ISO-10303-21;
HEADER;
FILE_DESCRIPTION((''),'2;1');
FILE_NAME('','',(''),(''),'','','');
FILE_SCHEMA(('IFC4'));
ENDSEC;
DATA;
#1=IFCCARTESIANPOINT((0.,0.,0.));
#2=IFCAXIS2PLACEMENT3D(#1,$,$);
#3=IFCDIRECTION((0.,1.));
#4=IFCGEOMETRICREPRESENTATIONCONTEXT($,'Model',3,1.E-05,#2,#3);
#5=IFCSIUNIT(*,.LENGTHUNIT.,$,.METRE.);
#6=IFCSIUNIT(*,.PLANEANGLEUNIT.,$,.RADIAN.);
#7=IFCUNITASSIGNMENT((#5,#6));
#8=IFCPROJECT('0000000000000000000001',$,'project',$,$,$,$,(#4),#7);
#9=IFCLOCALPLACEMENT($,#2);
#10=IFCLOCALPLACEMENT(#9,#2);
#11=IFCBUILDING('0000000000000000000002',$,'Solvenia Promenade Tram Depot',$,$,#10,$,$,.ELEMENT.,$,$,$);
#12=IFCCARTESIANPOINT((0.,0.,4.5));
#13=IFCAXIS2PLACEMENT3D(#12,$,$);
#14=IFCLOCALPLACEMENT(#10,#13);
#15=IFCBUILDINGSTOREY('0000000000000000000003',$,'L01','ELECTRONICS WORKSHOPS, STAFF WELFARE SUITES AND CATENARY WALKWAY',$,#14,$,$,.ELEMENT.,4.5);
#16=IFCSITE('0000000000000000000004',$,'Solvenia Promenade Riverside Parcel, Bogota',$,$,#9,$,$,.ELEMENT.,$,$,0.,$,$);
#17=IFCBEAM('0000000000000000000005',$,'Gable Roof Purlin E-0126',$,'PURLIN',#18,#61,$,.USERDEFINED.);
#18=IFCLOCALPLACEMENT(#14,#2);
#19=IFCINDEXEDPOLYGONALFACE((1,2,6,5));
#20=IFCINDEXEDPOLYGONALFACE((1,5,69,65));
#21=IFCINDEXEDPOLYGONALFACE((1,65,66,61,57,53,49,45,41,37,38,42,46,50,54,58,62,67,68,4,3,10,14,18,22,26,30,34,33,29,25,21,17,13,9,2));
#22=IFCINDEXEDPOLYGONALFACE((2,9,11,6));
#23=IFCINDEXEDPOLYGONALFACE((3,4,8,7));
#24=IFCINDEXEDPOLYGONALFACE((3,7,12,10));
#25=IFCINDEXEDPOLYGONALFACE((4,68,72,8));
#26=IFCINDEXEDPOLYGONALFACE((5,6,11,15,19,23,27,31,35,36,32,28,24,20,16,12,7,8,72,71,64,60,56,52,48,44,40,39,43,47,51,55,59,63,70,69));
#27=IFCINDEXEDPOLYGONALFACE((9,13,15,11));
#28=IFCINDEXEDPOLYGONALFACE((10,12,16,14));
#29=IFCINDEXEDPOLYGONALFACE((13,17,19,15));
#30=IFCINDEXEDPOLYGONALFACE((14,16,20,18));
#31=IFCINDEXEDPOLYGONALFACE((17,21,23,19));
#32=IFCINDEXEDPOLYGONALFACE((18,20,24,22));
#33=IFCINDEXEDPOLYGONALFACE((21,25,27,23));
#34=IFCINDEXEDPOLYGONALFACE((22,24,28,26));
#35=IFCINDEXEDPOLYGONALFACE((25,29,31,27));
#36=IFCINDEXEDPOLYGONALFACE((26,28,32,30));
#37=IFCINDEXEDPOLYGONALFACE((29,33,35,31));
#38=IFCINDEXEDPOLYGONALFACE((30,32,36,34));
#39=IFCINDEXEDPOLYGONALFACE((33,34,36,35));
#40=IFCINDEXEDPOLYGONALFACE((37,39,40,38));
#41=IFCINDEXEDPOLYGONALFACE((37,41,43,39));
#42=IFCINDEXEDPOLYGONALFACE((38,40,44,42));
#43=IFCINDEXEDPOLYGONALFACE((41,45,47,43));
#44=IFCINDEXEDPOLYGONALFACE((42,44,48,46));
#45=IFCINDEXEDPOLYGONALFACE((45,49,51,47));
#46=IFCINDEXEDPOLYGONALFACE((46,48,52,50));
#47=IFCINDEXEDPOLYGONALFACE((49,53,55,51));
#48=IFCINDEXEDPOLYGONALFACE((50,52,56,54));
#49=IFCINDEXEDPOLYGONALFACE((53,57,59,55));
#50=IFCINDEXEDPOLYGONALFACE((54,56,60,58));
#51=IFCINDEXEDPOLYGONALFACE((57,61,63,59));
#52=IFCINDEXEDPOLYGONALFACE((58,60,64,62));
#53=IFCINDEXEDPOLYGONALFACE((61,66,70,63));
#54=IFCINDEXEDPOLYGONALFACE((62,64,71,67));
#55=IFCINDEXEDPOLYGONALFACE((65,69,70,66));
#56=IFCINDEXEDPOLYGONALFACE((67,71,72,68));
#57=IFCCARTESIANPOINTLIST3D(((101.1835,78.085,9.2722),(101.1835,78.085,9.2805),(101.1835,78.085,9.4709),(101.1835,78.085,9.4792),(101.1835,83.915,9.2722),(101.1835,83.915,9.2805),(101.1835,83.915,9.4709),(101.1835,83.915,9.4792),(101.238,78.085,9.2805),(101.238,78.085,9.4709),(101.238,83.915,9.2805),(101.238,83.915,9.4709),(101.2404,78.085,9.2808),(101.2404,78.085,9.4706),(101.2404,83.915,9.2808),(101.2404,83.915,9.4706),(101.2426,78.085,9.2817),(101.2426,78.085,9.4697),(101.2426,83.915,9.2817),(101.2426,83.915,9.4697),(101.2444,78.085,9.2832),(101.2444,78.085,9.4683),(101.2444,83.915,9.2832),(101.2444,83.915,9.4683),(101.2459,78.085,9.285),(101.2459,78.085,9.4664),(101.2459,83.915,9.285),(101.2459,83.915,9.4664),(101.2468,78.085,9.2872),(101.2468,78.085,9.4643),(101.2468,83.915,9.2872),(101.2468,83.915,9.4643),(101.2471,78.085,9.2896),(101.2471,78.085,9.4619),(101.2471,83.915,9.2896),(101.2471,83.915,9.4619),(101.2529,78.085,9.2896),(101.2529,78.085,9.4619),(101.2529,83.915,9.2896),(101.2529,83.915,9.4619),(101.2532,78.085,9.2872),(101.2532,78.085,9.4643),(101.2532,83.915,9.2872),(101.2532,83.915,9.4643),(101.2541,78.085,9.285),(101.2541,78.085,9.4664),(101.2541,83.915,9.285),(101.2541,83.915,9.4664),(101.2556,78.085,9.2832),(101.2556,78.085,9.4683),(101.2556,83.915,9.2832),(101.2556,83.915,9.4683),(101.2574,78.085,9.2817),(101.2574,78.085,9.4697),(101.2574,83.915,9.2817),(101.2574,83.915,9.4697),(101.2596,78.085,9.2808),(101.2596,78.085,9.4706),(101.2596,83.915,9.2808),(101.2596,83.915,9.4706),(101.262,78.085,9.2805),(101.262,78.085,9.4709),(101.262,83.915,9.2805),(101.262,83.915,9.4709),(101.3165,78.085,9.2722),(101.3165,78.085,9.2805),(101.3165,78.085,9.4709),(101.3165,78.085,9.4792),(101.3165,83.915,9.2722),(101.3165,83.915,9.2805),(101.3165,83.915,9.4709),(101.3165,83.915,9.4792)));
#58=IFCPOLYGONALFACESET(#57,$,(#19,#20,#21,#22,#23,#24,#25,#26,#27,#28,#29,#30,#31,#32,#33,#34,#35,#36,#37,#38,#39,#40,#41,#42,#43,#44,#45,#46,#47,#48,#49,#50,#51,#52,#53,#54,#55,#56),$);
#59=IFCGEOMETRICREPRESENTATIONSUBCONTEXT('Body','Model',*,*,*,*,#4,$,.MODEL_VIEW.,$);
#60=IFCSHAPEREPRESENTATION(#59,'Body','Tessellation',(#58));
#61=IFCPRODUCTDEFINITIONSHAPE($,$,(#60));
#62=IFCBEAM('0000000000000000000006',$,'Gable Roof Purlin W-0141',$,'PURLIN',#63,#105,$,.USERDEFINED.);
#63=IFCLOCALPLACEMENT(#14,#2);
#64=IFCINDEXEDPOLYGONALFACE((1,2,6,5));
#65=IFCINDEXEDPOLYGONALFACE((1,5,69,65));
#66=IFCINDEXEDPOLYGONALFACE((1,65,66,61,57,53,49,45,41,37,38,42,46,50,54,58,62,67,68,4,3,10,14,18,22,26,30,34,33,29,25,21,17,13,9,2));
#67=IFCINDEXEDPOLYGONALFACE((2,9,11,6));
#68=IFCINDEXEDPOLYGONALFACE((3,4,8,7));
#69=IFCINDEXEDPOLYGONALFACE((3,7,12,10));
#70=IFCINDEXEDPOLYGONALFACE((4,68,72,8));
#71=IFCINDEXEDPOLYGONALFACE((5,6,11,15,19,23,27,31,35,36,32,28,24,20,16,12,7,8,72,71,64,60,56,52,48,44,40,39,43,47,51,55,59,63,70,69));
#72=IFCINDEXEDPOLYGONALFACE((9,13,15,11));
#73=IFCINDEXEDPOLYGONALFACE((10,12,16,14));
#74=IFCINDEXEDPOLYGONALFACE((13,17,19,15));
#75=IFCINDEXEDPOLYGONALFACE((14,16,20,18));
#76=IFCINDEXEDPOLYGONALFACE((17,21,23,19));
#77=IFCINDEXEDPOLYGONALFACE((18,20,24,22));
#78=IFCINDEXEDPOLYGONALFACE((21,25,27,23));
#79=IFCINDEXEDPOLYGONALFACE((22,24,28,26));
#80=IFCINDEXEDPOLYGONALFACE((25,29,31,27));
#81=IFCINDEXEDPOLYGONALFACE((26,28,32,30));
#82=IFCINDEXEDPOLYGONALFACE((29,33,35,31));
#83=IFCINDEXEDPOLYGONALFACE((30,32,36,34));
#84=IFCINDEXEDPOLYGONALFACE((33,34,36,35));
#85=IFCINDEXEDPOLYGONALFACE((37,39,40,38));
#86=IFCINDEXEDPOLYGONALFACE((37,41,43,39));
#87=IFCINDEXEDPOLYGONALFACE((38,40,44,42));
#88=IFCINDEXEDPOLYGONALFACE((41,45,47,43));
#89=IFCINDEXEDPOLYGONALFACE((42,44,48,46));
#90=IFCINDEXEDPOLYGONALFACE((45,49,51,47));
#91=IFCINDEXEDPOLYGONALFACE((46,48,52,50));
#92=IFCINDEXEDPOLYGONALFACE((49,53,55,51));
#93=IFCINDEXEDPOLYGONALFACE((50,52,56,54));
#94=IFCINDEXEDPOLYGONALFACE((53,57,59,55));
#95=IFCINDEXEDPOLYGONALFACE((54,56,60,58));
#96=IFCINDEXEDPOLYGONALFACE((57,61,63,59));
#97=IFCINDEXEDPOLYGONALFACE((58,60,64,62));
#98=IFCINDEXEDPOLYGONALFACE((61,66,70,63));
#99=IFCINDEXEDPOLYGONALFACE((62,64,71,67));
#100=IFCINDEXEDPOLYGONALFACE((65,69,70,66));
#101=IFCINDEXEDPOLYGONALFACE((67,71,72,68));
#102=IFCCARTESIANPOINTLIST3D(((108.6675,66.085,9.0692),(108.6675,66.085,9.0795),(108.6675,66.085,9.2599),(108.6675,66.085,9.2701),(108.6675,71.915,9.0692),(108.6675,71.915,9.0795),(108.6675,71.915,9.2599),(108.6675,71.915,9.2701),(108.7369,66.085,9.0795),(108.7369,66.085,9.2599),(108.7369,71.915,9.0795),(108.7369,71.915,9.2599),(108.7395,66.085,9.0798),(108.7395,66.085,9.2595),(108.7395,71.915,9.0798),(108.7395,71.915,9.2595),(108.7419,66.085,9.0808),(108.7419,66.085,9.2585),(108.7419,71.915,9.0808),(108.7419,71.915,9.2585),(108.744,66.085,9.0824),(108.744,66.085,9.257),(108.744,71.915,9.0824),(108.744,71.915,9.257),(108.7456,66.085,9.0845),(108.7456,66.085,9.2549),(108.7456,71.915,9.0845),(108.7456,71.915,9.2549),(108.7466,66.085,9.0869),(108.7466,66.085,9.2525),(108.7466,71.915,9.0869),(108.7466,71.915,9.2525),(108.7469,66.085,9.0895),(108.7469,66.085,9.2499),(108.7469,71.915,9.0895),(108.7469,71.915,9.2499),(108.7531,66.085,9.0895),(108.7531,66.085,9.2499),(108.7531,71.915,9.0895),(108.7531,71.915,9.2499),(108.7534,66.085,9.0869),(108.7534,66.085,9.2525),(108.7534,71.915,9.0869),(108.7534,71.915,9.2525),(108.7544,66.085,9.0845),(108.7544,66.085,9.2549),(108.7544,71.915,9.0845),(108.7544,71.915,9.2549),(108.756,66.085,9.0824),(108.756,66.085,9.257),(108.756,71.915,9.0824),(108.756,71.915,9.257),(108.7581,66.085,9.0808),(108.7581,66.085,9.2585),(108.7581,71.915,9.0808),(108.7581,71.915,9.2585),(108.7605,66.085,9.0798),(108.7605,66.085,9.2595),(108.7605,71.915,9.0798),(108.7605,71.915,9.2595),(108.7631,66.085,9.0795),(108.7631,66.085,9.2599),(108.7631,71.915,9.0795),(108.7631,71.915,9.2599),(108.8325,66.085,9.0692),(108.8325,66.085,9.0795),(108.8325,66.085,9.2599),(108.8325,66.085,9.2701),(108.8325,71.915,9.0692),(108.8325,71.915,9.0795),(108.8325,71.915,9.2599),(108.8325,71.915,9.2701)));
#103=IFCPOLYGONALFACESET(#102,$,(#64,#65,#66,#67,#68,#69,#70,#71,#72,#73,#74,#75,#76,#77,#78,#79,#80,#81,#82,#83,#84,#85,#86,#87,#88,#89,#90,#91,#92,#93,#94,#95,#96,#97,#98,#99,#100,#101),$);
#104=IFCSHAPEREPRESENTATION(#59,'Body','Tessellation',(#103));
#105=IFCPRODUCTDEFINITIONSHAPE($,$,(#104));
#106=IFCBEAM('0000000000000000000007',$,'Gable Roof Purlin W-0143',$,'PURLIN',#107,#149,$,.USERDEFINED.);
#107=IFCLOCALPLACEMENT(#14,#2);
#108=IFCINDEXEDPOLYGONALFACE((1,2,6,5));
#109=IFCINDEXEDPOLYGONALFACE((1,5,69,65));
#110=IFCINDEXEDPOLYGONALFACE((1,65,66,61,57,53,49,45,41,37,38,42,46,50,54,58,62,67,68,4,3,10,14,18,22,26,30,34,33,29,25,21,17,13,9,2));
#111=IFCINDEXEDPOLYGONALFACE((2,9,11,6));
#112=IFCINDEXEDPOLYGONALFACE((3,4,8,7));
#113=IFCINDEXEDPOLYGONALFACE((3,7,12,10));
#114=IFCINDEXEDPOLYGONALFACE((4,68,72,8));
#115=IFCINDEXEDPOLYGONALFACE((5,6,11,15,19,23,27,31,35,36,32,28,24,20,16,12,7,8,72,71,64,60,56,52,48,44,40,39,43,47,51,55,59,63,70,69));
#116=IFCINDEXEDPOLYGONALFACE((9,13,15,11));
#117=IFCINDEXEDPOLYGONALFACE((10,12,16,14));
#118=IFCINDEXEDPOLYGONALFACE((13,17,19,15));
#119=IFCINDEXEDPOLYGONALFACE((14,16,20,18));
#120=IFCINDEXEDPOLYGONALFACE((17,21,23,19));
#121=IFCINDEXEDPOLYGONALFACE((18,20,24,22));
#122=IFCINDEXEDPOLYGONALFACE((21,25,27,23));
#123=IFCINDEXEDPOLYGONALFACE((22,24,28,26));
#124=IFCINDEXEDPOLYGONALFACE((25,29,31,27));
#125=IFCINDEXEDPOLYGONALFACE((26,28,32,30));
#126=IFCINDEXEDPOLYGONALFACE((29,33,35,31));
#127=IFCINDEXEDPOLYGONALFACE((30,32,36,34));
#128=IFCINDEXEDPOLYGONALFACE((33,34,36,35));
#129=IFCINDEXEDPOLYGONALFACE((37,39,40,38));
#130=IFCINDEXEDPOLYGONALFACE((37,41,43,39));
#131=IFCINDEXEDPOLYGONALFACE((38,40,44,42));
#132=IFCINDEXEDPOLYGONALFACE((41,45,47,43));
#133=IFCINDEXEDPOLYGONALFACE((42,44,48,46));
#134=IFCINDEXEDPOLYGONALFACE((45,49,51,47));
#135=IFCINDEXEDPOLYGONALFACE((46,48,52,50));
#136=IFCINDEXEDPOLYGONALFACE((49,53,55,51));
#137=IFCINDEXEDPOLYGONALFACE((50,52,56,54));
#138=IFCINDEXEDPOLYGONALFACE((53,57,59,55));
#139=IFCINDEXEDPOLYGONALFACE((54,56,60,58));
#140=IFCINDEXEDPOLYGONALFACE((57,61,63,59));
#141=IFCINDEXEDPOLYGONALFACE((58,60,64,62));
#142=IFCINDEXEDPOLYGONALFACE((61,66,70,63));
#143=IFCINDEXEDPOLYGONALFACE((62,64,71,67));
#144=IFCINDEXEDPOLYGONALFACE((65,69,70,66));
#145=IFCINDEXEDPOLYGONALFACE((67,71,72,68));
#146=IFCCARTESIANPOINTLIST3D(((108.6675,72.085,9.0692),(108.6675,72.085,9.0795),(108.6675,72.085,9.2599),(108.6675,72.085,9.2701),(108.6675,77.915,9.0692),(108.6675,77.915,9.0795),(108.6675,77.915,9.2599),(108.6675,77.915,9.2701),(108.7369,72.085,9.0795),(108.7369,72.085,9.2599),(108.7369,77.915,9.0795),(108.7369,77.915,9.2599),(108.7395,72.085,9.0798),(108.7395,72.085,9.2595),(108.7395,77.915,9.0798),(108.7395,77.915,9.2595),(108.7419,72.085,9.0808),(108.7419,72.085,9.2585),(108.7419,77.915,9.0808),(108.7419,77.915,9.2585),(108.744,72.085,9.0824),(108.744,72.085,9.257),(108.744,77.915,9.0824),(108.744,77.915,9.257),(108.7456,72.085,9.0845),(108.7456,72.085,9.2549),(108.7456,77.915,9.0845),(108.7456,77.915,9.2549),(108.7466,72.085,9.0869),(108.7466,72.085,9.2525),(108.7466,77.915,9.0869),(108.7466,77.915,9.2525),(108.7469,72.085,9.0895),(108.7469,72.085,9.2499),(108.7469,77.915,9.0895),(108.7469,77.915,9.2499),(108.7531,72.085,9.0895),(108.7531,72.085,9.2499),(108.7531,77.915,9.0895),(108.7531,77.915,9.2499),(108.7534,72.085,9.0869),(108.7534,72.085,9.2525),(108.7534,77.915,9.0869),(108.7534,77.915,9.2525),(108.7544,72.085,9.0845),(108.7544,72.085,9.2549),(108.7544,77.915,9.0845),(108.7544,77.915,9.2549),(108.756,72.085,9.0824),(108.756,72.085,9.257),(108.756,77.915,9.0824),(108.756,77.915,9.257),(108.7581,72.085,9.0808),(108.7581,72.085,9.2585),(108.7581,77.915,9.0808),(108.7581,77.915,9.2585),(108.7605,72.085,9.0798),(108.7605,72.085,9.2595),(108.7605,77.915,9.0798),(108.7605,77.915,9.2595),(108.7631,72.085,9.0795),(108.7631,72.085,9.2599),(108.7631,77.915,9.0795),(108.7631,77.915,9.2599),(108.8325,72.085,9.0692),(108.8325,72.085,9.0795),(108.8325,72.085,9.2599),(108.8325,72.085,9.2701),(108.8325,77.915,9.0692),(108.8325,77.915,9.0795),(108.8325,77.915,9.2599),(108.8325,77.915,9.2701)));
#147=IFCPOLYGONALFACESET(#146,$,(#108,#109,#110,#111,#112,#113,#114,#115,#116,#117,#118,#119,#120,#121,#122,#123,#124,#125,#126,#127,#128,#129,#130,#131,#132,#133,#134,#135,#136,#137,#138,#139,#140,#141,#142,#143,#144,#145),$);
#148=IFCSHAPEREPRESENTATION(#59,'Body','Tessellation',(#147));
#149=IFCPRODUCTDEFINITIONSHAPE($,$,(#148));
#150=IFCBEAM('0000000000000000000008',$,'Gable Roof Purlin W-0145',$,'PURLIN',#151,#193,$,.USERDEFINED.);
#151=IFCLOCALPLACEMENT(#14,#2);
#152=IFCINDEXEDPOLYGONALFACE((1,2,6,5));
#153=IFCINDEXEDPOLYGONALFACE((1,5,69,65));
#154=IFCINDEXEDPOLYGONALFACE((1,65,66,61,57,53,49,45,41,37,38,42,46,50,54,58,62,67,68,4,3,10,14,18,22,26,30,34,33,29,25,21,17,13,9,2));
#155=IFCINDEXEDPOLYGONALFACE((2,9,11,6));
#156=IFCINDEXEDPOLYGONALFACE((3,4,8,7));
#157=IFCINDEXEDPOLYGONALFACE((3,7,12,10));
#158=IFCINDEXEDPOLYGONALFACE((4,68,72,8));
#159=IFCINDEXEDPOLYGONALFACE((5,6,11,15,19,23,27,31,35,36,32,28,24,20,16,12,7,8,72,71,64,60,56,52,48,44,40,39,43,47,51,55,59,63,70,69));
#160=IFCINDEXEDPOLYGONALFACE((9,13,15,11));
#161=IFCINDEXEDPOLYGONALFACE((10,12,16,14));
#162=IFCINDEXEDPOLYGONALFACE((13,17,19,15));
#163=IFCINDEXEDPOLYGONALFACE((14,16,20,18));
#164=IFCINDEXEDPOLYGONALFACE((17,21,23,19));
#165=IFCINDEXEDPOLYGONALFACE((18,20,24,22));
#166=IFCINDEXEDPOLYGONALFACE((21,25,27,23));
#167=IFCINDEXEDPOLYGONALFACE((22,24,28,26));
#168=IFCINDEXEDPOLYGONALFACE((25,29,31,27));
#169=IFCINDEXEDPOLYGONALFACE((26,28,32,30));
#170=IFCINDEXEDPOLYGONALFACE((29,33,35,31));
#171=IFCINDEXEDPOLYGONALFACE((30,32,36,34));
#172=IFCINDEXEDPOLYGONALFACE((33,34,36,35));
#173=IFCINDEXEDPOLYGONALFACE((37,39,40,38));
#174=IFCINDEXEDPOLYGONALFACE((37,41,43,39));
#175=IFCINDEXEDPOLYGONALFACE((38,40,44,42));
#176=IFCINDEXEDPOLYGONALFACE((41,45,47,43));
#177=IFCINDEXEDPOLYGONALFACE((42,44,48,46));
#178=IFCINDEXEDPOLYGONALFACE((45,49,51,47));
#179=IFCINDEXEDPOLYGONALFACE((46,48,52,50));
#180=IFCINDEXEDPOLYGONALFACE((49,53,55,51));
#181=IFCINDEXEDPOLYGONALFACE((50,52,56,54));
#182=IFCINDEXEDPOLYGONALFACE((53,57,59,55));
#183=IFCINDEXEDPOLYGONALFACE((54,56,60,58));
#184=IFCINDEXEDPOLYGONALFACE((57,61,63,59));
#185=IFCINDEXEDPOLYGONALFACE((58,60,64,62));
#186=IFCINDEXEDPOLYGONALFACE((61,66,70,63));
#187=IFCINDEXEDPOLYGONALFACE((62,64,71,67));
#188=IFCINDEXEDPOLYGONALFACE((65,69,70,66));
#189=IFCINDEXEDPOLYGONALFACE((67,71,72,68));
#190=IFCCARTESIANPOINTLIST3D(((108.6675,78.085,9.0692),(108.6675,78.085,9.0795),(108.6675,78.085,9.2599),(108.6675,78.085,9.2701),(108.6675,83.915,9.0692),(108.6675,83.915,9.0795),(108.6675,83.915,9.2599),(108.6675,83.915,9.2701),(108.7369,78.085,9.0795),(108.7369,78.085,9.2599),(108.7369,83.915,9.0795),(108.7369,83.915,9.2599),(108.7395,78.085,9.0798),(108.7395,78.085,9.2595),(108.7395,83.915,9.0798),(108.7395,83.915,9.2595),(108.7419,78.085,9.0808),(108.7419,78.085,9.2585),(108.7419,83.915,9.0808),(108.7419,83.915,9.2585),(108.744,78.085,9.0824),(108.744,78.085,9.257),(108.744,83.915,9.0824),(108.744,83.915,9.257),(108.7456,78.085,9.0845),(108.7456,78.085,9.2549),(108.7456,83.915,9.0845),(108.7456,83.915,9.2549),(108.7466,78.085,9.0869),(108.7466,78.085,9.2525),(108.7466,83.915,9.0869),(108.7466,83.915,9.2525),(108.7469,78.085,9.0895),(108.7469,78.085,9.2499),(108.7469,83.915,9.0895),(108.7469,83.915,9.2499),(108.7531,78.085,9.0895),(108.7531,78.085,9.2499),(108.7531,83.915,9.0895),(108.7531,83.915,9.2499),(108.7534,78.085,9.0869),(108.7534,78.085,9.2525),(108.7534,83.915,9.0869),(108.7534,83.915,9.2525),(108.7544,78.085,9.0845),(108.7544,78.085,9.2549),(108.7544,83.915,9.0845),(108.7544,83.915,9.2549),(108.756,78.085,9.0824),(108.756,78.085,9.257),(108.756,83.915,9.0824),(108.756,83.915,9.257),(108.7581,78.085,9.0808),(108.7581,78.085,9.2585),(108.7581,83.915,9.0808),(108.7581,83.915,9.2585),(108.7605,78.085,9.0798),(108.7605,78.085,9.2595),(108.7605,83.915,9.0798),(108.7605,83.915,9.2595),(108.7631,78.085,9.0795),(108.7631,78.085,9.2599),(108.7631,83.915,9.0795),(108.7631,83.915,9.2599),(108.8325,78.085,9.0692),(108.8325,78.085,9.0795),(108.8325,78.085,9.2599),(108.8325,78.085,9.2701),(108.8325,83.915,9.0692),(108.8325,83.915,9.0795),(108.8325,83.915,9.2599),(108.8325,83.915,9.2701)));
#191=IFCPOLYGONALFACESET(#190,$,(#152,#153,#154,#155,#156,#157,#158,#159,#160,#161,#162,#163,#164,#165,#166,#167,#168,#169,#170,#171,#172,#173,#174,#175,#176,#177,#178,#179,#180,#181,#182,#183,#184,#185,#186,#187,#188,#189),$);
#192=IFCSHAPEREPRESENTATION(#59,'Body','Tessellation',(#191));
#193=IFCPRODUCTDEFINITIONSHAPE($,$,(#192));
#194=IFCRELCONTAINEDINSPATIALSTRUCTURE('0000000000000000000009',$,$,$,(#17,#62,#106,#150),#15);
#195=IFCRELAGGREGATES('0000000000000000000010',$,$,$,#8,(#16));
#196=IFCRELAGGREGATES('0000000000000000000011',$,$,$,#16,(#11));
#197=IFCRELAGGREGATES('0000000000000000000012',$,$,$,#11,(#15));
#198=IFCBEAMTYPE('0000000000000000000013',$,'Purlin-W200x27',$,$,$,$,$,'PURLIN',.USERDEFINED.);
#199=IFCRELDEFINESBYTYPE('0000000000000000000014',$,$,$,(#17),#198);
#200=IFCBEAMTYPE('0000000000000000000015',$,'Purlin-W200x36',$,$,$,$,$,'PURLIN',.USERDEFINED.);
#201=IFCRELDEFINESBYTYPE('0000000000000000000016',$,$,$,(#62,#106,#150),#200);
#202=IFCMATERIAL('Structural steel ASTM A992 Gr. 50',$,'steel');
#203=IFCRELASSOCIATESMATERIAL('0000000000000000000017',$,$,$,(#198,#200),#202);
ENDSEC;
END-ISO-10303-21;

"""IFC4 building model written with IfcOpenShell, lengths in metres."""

from ifc_helpers import new_model, si_unit, direction, frame, origin, origin_2d, place, context, subcontext, project, spatial, i_section, extrude, material, material_profile, profile_set, type_object, element, save


model = new_model("IFC4")

# Units and contexts
model_context = context("Model", 3, precision=1e-05, world=origin(), true_north=direction((0.0, 1.0)))
body_context = subcontext(model_context, "Body", "Model", "MODEL_VIEW")
ifc_project = project(units=[si_unit("LENGTHUNIT", "METRE"), si_unit("PLANEANGLEUNIT", "RADIAN")], contexts=[model_context])

# Site, building, storey
site_placement = place(None, origin())
site = spatial("IfcSite", under=ifc_project, at=site_placement, Name="Solvenia Promenade Riverside Parcel, Bogota", CompositionType="ELEMENT", RefElevation=0.0)
building_placement = place(site_placement, origin())
building = spatial("IfcBuilding", under=site, at=building_placement, Name="Solvenia Promenade Tram Depot", CompositionType="ELEMENT")
storey_placement = place(building_placement, frame((0.0, 0.0, 4.5)))
storey = spatial("IfcBuildingStorey", under=building, at=storey_placement, Name="L01", Description="ELECTRONICS WORKSHOPS, STAFF WELFARE SUITES AND CATENARY WALKWAY", CompositionType="ELEMENT", Elevation=4.5)

# Beams
ifc_material_1 = material(Name="Structural steel ASTM A992 Gr. 50", Category="steel")
ifc_material_profile_1 = material_profile(ifc_material_1, i_section(OverallWidth=0.1331, OverallDepth=0.207, WebThickness=0.0059, FlangeThickness=0.0083, FilletRadius=0.009, at=origin_2d()), Name="W200x27", Category="steel")
ifc_profile_set_1 = profile_set([ifc_material_profile_1], Name="Structural steel ASTM A992 Gr. 50")
beam_type_1 = type_object("IfcBeamType", Name="Purlin-W200x27", ElementType="PURLIN", PredefinedType="USERDEFINED", material=ifc_profile_set_1)
for number, where, z_axis, x_axis, name in (
    (1, (101.25, 78.085, 9.3757), (0.0, 1.0, 0.0), (-1.0, 0.0, 0.0), "Gable Roof Purlin E-0126"),
):
    element("IfcBeam", number, at=place(storey_placement, frame(where, z_axis=z_axis, x_axis=x_axis)), inside=storey, type_object=beam_type_1, Name=name, ObjectType="PURLIN", PredefinedType="USERDEFINED", context=body_context, shape_type="SweptSolid", body=[
        extrude(i_section(OverallWidth=0.1331, OverallDepth=0.207, WebThickness=0.0059, FlangeThickness=0.0083, FilletRadius=0.009, at=origin_2d()), origin(), (0.0, 0.0, 1.0), 5.8301),
    ])
ifc_material_profile_2 = material_profile(ifc_material_1, i_section(OverallWidth=0.165, OverallDepth=0.2009, WebThickness=0.0061, FlangeThickness=0.0103, FilletRadius=0.01, at=origin_2d()), Name="W200x36", Category="steel")
ifc_profile_set_2 = profile_set([ifc_material_profile_2], Name="Structural steel ASTM A992 Gr. 50")
beam_type_2 = type_object("IfcBeamType", Name="Purlin-W200x36", ElementType="PURLIN", PredefinedType="USERDEFINED", material=ifc_profile_set_2)
for number, where, z_axis, x_axis, name in (
    (2, (108.75, 66.085, 9.1697), (0.0, 1.0, 0.0), (-1.0, 0.0, 0.0), "Gable Roof Purlin W-0141"),
    (3, (108.75, 72.085, 9.1697), (0.0, 1.0, 0.0), (-1.0, 0.0, 0.0), "Gable Roof Purlin W-0143"),
    (4, (108.75, 78.085, 9.1697), (0.0, 1.0, 0.0), (-1.0, 0.0, 0.0), "Gable Roof Purlin W-0145"),
):
    element("IfcBeam", number, at=place(storey_placement, frame(where, z_axis=z_axis, x_axis=x_axis)), inside=storey, type_object=beam_type_2, Name=name, ObjectType="PURLIN", PredefinedType="USERDEFINED", context=body_context, shape_type="SweptSolid", body=[
        extrude(i_section(OverallWidth=0.165, OverallDepth=0.2009, WebThickness=0.0061, FlangeThickness=0.0103, FilletRadius=0.01, at=origin_2d()), origin(), (0.0, 0.0, 1.0), 5.8301),
    ])

save(model, "model.ifc")
